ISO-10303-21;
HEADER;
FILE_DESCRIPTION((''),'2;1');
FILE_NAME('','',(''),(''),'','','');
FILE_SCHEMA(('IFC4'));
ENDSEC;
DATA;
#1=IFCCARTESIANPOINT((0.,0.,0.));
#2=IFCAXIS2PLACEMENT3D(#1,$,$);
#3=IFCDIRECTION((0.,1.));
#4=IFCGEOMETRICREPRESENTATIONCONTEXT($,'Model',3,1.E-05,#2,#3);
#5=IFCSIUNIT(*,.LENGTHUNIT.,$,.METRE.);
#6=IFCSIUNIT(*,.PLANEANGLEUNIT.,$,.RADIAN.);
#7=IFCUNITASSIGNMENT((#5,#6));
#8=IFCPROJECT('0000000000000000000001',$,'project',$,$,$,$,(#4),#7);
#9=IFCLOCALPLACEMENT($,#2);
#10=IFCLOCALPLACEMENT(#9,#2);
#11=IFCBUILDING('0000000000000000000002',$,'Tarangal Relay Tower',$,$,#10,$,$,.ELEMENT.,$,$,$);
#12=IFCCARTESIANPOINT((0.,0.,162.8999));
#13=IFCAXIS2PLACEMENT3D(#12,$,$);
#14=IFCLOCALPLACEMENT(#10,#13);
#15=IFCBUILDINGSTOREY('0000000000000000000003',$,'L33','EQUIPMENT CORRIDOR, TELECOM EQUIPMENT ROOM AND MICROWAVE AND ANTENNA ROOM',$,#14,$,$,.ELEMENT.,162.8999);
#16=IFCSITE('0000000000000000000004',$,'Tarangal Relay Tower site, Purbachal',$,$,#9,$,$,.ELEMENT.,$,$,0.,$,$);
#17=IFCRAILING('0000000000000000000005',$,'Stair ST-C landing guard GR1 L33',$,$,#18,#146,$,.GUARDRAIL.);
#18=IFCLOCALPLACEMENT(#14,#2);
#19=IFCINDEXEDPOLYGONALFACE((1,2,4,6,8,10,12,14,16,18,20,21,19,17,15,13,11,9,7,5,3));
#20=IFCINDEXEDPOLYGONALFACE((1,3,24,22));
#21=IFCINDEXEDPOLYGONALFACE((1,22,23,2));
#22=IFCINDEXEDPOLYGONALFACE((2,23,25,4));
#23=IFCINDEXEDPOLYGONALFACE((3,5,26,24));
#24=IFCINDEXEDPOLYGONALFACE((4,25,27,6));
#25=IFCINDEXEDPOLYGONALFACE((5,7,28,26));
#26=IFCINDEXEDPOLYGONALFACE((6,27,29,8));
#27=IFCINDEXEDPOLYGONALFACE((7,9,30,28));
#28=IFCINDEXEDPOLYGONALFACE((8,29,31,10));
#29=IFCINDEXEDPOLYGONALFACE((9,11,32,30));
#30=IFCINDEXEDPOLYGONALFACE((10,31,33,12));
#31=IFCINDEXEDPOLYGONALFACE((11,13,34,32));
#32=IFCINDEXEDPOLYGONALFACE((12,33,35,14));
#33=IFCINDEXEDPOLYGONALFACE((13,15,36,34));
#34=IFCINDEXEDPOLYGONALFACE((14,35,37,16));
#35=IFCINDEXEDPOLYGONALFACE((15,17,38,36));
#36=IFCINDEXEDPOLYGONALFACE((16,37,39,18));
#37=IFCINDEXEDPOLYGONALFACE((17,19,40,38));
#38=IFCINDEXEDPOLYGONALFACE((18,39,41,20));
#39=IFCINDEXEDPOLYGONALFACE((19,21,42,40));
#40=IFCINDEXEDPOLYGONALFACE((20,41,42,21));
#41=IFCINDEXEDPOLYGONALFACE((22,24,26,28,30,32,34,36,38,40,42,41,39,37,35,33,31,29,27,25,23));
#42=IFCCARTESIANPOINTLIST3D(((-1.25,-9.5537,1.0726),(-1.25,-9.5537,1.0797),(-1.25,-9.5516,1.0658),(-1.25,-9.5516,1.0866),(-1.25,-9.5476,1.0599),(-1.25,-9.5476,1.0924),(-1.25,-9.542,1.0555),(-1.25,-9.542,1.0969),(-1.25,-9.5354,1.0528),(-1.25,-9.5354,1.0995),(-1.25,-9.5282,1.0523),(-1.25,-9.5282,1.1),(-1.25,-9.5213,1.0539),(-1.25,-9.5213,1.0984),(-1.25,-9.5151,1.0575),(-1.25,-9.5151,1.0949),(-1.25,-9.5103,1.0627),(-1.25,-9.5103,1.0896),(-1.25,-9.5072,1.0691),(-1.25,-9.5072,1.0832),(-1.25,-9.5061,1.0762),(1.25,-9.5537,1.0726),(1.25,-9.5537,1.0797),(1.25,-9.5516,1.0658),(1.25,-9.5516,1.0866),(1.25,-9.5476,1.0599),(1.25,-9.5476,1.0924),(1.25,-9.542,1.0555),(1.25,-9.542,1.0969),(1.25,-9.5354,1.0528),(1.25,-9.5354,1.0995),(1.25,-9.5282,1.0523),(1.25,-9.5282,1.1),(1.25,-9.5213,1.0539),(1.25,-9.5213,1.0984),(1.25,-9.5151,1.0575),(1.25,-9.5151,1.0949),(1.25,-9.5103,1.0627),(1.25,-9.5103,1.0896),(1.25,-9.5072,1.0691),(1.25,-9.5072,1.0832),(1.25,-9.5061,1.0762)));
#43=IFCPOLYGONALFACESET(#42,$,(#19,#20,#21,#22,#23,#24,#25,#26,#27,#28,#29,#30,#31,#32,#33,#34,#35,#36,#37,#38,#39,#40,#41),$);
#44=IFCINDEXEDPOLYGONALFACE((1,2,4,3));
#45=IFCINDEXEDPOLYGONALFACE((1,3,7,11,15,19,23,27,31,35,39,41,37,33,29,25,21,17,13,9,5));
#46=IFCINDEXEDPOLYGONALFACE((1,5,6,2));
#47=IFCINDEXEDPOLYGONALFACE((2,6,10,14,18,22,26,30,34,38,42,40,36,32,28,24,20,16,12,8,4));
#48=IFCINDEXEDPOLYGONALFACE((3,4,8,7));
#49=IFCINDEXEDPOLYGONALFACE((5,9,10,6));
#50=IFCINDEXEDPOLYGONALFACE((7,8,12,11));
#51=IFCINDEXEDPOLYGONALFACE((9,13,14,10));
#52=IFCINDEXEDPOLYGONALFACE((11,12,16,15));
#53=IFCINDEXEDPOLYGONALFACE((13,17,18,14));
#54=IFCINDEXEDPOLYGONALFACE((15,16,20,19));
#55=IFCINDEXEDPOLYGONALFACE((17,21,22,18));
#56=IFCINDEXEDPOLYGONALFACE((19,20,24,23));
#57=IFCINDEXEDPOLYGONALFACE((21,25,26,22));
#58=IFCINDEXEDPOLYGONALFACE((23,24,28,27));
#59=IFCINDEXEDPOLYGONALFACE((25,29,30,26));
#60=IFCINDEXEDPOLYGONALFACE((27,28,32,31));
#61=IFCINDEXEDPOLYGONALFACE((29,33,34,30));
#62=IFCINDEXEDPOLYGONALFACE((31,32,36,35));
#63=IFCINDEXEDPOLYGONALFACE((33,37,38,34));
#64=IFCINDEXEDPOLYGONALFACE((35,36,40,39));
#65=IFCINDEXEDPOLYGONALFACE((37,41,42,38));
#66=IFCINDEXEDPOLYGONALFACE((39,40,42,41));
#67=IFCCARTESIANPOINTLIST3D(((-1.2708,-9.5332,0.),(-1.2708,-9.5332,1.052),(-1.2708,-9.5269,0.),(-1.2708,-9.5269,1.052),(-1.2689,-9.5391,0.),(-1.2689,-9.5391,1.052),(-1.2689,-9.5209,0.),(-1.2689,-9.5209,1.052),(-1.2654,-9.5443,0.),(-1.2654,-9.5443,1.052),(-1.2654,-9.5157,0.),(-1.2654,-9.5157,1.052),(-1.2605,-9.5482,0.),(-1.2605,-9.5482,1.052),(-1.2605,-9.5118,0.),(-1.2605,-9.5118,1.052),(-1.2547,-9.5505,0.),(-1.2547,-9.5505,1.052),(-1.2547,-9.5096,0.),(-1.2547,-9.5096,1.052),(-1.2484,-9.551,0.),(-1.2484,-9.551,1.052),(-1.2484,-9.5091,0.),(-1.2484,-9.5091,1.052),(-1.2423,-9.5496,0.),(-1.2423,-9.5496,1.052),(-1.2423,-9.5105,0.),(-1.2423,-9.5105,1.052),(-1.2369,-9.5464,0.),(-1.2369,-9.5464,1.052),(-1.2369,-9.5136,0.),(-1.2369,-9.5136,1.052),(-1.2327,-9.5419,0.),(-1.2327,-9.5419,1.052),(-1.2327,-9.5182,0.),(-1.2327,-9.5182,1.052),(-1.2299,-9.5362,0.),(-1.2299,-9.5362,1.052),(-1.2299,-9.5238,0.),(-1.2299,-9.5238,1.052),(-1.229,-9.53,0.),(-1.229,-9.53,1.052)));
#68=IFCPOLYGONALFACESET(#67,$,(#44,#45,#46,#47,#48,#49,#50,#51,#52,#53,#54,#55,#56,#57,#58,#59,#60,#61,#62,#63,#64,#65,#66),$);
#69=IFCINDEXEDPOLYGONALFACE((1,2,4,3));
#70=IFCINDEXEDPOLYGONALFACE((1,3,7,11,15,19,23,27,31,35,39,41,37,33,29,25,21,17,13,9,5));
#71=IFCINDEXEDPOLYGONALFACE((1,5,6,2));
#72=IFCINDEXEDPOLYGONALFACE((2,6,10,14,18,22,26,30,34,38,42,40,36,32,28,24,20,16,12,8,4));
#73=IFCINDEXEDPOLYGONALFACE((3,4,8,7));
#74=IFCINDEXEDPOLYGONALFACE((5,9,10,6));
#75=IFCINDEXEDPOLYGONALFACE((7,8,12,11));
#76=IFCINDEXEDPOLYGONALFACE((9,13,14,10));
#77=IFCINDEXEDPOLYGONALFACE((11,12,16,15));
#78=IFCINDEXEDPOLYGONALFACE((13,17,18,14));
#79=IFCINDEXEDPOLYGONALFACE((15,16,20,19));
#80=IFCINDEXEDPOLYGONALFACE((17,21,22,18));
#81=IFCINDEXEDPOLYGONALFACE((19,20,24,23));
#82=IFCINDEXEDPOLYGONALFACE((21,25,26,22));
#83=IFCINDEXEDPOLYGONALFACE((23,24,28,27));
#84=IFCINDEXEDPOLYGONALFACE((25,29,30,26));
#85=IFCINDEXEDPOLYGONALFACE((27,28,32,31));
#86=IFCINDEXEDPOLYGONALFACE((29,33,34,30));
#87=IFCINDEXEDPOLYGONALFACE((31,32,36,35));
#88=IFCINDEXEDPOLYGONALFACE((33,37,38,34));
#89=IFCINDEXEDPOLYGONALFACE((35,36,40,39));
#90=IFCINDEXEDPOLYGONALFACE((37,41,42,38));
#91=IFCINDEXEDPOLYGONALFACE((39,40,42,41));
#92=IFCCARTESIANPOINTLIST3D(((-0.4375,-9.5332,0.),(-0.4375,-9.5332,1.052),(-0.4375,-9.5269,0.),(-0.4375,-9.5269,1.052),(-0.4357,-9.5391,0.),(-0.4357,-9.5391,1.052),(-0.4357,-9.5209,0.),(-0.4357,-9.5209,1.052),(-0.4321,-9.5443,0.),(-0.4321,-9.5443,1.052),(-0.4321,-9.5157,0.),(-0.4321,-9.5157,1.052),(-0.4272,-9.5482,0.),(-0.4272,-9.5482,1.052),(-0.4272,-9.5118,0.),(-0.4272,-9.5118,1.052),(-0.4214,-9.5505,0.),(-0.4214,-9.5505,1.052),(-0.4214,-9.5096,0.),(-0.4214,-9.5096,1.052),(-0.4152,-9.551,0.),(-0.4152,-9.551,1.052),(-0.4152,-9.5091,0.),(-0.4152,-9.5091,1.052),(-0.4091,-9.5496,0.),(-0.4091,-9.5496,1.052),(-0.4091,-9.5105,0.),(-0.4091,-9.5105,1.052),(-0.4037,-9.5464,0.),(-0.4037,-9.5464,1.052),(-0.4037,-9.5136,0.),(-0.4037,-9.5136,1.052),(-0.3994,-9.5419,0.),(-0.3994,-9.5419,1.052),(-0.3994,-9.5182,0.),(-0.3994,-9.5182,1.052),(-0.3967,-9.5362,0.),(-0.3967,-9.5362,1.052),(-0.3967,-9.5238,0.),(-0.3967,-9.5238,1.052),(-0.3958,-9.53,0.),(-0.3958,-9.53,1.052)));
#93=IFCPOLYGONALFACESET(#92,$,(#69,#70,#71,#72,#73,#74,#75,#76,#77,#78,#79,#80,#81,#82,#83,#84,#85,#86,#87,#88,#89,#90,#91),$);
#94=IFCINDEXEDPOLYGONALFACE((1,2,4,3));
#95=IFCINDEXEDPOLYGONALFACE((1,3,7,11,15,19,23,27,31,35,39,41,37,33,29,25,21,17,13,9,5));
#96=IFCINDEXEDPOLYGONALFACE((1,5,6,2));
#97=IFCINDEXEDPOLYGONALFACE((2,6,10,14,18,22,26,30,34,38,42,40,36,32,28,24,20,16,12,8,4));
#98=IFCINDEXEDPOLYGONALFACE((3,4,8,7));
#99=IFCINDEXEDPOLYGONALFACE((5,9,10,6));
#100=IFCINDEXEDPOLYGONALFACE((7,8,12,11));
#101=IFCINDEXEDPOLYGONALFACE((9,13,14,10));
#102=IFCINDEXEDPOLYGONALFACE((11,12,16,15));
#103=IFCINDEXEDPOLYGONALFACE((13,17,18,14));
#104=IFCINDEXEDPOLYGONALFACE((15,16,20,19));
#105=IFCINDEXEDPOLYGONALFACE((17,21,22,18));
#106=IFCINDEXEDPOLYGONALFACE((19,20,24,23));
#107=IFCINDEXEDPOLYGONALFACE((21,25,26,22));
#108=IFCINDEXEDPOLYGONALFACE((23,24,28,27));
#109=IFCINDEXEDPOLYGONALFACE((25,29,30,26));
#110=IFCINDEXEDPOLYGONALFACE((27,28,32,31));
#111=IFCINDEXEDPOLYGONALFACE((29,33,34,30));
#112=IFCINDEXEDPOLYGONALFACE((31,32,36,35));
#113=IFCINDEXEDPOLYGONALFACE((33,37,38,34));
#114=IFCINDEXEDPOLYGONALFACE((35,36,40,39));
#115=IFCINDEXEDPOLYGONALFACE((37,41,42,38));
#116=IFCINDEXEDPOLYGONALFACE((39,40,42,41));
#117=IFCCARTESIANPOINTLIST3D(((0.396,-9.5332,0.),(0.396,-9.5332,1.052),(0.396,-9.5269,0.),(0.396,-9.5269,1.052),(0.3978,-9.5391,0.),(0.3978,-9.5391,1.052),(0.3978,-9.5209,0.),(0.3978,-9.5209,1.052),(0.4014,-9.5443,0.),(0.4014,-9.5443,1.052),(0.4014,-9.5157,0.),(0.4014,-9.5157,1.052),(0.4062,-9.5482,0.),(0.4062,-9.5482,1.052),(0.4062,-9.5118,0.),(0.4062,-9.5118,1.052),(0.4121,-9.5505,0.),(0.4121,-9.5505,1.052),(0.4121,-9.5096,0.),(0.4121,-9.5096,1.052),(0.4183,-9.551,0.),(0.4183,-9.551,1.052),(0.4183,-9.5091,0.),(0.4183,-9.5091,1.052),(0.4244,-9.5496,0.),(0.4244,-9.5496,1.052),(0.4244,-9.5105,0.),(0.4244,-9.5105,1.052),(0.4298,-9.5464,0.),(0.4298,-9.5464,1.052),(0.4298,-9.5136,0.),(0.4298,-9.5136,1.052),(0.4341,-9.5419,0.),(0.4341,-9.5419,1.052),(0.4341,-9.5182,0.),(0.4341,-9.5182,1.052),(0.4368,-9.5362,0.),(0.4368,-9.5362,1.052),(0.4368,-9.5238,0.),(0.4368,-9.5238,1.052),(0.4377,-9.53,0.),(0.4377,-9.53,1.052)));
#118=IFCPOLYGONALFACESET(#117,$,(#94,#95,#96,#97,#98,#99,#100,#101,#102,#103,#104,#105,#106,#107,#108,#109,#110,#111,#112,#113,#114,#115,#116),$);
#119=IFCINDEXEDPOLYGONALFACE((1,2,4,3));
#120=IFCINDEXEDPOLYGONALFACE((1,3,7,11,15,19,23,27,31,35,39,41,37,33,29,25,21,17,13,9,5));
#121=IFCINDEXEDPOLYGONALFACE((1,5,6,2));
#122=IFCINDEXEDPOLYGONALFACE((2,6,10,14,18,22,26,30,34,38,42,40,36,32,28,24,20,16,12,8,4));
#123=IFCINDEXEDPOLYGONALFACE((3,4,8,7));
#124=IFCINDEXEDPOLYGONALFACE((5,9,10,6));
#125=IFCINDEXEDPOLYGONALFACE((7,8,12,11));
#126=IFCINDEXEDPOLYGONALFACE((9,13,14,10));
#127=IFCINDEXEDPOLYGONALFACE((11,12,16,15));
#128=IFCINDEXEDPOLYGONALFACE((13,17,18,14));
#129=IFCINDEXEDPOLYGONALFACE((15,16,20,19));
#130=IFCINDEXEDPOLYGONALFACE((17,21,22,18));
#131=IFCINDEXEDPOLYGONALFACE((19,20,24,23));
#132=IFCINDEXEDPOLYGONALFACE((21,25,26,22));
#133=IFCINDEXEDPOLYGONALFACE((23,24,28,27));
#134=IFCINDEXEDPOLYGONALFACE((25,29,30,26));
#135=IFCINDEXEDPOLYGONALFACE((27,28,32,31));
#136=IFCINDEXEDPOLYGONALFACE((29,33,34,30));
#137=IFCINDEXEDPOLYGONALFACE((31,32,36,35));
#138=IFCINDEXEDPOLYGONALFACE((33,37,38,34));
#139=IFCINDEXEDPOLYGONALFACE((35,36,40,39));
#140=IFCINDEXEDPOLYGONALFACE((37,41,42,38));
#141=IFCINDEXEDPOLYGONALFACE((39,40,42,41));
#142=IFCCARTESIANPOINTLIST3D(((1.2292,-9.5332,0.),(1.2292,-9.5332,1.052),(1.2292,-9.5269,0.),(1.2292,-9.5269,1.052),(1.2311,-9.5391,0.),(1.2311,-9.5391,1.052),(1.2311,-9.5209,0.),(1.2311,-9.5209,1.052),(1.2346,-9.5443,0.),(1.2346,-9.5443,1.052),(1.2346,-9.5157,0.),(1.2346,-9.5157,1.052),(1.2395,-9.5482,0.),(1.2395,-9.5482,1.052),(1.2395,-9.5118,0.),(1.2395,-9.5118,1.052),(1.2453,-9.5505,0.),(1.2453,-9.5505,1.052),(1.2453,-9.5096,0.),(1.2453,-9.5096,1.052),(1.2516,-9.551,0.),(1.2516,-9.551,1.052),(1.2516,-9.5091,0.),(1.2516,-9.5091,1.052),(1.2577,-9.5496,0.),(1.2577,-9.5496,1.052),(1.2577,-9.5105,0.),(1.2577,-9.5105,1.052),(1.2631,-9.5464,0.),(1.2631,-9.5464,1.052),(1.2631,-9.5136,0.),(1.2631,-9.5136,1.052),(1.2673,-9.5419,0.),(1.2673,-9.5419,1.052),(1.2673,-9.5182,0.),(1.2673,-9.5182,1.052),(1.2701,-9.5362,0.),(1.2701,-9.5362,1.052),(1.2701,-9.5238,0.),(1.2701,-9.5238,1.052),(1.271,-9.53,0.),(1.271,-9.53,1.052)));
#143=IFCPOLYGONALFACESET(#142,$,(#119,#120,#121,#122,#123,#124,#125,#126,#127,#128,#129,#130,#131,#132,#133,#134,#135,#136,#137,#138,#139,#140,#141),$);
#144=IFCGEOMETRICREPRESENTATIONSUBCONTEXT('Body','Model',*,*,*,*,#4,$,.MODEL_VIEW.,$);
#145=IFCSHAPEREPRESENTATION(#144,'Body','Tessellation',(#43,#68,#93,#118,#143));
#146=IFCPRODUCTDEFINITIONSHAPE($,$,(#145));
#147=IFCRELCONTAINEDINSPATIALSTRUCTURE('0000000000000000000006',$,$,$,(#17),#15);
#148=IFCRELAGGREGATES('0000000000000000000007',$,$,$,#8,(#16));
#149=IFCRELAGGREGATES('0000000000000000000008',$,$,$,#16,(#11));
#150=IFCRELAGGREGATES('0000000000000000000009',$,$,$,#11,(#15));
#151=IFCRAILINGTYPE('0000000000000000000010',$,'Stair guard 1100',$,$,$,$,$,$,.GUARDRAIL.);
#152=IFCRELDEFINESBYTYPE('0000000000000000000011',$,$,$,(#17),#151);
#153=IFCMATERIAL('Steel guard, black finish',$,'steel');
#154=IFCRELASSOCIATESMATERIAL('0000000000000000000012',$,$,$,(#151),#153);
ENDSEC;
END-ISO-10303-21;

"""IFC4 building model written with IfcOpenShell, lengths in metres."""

from ifc_helpers import new_model, si_unit, direction, frame, origin, origin_2d, place, context, subcontext, project, spatial, circle, extrude, material, type_object, element, save


model = new_model("IFC4")

# Units and contexts
model_context = context("Model", 3, precision=1e-05, world=origin(), true_north=direction((0.0, 1.0)))
body_context = subcontext(model_context, "Body", "Model", "MODEL_VIEW")
ifc_project = project(units=[si_unit("LENGTHUNIT", "METRE"), si_unit("PLANEANGLEUNIT", "RADIAN")], contexts=[model_context])

# Site, building, storey
site_placement = place(None, origin())
site = spatial("IfcSite", under=ifc_project, at=site_placement, Name="Tarangal Relay Tower site, Purbachal", CompositionType="ELEMENT", RefElevation=0.0)
building_placement = place(site_placement, origin())
building = spatial("IfcBuilding", under=site, at=building_placement, Name="Tarangal Relay Tower", CompositionType="ELEMENT")
storey_placement = place(building_placement, frame((0.0, 0.0, 162.8999)))
storey = spatial("IfcBuildingStorey", under=building, at=storey_placement, Name="L33", Description="EQUIPMENT CORRIDOR, TELECOM EQUIPMENT ROOM AND MICROWAVE AND ANTENNA ROOM", CompositionType="ELEMENT", Elevation=162.8999)

# Railing
ifc_material_1 = material(Name="Steel guard, black finish", Category="steel")
railing_type_1 = type_object("IfcRailingType", Name="Stair guard 1100", PredefinedType="GUARDRAIL", material=ifc_material_1)
for number, where, name in (
    (1, (-1.25, -9.53, 0.0), "Stair ST-C landing guard GR1 L33"),
):
    element("IfcRailing", number, at=place(storey_placement, frame(where)), inside=storey, type_object=railing_type_1, Name=name, PredefinedType="GUARDRAIL", context=body_context, shape_type="SweptSolid", body=[
        extrude(circle(Radius=0.0239, at=origin_2d()), frame((0.0, 0.0, 1.0762), z_axis=(1.0, 0.0, 0.0), x_axis=(0.0, 1.0, 0.0)), (0.0, 0.0, 1.0), 2.5),
        extrude(circle(Radius=0.021, at=origin_2d()), origin(), (0.0, 0.0, 1.0), 1.052),
        extrude(circle(Radius=0.021, at=origin_2d()), frame((0.8333, 0.0, 0.0)), (0.0, 0.0, 1.0), 1.052),
        extrude(circle(Radius=0.021, at=origin_2d()), frame((1.6667, 0.0, 0.0)), (0.0, 0.0, 1.0), 1.052),
        extrude(circle(Radius=0.021, at=origin_2d()), frame((2.5, 0.0, 0.0)), (0.0, 0.0, 1.0), 1.052),
    ])

save(model, "model.ifc")
